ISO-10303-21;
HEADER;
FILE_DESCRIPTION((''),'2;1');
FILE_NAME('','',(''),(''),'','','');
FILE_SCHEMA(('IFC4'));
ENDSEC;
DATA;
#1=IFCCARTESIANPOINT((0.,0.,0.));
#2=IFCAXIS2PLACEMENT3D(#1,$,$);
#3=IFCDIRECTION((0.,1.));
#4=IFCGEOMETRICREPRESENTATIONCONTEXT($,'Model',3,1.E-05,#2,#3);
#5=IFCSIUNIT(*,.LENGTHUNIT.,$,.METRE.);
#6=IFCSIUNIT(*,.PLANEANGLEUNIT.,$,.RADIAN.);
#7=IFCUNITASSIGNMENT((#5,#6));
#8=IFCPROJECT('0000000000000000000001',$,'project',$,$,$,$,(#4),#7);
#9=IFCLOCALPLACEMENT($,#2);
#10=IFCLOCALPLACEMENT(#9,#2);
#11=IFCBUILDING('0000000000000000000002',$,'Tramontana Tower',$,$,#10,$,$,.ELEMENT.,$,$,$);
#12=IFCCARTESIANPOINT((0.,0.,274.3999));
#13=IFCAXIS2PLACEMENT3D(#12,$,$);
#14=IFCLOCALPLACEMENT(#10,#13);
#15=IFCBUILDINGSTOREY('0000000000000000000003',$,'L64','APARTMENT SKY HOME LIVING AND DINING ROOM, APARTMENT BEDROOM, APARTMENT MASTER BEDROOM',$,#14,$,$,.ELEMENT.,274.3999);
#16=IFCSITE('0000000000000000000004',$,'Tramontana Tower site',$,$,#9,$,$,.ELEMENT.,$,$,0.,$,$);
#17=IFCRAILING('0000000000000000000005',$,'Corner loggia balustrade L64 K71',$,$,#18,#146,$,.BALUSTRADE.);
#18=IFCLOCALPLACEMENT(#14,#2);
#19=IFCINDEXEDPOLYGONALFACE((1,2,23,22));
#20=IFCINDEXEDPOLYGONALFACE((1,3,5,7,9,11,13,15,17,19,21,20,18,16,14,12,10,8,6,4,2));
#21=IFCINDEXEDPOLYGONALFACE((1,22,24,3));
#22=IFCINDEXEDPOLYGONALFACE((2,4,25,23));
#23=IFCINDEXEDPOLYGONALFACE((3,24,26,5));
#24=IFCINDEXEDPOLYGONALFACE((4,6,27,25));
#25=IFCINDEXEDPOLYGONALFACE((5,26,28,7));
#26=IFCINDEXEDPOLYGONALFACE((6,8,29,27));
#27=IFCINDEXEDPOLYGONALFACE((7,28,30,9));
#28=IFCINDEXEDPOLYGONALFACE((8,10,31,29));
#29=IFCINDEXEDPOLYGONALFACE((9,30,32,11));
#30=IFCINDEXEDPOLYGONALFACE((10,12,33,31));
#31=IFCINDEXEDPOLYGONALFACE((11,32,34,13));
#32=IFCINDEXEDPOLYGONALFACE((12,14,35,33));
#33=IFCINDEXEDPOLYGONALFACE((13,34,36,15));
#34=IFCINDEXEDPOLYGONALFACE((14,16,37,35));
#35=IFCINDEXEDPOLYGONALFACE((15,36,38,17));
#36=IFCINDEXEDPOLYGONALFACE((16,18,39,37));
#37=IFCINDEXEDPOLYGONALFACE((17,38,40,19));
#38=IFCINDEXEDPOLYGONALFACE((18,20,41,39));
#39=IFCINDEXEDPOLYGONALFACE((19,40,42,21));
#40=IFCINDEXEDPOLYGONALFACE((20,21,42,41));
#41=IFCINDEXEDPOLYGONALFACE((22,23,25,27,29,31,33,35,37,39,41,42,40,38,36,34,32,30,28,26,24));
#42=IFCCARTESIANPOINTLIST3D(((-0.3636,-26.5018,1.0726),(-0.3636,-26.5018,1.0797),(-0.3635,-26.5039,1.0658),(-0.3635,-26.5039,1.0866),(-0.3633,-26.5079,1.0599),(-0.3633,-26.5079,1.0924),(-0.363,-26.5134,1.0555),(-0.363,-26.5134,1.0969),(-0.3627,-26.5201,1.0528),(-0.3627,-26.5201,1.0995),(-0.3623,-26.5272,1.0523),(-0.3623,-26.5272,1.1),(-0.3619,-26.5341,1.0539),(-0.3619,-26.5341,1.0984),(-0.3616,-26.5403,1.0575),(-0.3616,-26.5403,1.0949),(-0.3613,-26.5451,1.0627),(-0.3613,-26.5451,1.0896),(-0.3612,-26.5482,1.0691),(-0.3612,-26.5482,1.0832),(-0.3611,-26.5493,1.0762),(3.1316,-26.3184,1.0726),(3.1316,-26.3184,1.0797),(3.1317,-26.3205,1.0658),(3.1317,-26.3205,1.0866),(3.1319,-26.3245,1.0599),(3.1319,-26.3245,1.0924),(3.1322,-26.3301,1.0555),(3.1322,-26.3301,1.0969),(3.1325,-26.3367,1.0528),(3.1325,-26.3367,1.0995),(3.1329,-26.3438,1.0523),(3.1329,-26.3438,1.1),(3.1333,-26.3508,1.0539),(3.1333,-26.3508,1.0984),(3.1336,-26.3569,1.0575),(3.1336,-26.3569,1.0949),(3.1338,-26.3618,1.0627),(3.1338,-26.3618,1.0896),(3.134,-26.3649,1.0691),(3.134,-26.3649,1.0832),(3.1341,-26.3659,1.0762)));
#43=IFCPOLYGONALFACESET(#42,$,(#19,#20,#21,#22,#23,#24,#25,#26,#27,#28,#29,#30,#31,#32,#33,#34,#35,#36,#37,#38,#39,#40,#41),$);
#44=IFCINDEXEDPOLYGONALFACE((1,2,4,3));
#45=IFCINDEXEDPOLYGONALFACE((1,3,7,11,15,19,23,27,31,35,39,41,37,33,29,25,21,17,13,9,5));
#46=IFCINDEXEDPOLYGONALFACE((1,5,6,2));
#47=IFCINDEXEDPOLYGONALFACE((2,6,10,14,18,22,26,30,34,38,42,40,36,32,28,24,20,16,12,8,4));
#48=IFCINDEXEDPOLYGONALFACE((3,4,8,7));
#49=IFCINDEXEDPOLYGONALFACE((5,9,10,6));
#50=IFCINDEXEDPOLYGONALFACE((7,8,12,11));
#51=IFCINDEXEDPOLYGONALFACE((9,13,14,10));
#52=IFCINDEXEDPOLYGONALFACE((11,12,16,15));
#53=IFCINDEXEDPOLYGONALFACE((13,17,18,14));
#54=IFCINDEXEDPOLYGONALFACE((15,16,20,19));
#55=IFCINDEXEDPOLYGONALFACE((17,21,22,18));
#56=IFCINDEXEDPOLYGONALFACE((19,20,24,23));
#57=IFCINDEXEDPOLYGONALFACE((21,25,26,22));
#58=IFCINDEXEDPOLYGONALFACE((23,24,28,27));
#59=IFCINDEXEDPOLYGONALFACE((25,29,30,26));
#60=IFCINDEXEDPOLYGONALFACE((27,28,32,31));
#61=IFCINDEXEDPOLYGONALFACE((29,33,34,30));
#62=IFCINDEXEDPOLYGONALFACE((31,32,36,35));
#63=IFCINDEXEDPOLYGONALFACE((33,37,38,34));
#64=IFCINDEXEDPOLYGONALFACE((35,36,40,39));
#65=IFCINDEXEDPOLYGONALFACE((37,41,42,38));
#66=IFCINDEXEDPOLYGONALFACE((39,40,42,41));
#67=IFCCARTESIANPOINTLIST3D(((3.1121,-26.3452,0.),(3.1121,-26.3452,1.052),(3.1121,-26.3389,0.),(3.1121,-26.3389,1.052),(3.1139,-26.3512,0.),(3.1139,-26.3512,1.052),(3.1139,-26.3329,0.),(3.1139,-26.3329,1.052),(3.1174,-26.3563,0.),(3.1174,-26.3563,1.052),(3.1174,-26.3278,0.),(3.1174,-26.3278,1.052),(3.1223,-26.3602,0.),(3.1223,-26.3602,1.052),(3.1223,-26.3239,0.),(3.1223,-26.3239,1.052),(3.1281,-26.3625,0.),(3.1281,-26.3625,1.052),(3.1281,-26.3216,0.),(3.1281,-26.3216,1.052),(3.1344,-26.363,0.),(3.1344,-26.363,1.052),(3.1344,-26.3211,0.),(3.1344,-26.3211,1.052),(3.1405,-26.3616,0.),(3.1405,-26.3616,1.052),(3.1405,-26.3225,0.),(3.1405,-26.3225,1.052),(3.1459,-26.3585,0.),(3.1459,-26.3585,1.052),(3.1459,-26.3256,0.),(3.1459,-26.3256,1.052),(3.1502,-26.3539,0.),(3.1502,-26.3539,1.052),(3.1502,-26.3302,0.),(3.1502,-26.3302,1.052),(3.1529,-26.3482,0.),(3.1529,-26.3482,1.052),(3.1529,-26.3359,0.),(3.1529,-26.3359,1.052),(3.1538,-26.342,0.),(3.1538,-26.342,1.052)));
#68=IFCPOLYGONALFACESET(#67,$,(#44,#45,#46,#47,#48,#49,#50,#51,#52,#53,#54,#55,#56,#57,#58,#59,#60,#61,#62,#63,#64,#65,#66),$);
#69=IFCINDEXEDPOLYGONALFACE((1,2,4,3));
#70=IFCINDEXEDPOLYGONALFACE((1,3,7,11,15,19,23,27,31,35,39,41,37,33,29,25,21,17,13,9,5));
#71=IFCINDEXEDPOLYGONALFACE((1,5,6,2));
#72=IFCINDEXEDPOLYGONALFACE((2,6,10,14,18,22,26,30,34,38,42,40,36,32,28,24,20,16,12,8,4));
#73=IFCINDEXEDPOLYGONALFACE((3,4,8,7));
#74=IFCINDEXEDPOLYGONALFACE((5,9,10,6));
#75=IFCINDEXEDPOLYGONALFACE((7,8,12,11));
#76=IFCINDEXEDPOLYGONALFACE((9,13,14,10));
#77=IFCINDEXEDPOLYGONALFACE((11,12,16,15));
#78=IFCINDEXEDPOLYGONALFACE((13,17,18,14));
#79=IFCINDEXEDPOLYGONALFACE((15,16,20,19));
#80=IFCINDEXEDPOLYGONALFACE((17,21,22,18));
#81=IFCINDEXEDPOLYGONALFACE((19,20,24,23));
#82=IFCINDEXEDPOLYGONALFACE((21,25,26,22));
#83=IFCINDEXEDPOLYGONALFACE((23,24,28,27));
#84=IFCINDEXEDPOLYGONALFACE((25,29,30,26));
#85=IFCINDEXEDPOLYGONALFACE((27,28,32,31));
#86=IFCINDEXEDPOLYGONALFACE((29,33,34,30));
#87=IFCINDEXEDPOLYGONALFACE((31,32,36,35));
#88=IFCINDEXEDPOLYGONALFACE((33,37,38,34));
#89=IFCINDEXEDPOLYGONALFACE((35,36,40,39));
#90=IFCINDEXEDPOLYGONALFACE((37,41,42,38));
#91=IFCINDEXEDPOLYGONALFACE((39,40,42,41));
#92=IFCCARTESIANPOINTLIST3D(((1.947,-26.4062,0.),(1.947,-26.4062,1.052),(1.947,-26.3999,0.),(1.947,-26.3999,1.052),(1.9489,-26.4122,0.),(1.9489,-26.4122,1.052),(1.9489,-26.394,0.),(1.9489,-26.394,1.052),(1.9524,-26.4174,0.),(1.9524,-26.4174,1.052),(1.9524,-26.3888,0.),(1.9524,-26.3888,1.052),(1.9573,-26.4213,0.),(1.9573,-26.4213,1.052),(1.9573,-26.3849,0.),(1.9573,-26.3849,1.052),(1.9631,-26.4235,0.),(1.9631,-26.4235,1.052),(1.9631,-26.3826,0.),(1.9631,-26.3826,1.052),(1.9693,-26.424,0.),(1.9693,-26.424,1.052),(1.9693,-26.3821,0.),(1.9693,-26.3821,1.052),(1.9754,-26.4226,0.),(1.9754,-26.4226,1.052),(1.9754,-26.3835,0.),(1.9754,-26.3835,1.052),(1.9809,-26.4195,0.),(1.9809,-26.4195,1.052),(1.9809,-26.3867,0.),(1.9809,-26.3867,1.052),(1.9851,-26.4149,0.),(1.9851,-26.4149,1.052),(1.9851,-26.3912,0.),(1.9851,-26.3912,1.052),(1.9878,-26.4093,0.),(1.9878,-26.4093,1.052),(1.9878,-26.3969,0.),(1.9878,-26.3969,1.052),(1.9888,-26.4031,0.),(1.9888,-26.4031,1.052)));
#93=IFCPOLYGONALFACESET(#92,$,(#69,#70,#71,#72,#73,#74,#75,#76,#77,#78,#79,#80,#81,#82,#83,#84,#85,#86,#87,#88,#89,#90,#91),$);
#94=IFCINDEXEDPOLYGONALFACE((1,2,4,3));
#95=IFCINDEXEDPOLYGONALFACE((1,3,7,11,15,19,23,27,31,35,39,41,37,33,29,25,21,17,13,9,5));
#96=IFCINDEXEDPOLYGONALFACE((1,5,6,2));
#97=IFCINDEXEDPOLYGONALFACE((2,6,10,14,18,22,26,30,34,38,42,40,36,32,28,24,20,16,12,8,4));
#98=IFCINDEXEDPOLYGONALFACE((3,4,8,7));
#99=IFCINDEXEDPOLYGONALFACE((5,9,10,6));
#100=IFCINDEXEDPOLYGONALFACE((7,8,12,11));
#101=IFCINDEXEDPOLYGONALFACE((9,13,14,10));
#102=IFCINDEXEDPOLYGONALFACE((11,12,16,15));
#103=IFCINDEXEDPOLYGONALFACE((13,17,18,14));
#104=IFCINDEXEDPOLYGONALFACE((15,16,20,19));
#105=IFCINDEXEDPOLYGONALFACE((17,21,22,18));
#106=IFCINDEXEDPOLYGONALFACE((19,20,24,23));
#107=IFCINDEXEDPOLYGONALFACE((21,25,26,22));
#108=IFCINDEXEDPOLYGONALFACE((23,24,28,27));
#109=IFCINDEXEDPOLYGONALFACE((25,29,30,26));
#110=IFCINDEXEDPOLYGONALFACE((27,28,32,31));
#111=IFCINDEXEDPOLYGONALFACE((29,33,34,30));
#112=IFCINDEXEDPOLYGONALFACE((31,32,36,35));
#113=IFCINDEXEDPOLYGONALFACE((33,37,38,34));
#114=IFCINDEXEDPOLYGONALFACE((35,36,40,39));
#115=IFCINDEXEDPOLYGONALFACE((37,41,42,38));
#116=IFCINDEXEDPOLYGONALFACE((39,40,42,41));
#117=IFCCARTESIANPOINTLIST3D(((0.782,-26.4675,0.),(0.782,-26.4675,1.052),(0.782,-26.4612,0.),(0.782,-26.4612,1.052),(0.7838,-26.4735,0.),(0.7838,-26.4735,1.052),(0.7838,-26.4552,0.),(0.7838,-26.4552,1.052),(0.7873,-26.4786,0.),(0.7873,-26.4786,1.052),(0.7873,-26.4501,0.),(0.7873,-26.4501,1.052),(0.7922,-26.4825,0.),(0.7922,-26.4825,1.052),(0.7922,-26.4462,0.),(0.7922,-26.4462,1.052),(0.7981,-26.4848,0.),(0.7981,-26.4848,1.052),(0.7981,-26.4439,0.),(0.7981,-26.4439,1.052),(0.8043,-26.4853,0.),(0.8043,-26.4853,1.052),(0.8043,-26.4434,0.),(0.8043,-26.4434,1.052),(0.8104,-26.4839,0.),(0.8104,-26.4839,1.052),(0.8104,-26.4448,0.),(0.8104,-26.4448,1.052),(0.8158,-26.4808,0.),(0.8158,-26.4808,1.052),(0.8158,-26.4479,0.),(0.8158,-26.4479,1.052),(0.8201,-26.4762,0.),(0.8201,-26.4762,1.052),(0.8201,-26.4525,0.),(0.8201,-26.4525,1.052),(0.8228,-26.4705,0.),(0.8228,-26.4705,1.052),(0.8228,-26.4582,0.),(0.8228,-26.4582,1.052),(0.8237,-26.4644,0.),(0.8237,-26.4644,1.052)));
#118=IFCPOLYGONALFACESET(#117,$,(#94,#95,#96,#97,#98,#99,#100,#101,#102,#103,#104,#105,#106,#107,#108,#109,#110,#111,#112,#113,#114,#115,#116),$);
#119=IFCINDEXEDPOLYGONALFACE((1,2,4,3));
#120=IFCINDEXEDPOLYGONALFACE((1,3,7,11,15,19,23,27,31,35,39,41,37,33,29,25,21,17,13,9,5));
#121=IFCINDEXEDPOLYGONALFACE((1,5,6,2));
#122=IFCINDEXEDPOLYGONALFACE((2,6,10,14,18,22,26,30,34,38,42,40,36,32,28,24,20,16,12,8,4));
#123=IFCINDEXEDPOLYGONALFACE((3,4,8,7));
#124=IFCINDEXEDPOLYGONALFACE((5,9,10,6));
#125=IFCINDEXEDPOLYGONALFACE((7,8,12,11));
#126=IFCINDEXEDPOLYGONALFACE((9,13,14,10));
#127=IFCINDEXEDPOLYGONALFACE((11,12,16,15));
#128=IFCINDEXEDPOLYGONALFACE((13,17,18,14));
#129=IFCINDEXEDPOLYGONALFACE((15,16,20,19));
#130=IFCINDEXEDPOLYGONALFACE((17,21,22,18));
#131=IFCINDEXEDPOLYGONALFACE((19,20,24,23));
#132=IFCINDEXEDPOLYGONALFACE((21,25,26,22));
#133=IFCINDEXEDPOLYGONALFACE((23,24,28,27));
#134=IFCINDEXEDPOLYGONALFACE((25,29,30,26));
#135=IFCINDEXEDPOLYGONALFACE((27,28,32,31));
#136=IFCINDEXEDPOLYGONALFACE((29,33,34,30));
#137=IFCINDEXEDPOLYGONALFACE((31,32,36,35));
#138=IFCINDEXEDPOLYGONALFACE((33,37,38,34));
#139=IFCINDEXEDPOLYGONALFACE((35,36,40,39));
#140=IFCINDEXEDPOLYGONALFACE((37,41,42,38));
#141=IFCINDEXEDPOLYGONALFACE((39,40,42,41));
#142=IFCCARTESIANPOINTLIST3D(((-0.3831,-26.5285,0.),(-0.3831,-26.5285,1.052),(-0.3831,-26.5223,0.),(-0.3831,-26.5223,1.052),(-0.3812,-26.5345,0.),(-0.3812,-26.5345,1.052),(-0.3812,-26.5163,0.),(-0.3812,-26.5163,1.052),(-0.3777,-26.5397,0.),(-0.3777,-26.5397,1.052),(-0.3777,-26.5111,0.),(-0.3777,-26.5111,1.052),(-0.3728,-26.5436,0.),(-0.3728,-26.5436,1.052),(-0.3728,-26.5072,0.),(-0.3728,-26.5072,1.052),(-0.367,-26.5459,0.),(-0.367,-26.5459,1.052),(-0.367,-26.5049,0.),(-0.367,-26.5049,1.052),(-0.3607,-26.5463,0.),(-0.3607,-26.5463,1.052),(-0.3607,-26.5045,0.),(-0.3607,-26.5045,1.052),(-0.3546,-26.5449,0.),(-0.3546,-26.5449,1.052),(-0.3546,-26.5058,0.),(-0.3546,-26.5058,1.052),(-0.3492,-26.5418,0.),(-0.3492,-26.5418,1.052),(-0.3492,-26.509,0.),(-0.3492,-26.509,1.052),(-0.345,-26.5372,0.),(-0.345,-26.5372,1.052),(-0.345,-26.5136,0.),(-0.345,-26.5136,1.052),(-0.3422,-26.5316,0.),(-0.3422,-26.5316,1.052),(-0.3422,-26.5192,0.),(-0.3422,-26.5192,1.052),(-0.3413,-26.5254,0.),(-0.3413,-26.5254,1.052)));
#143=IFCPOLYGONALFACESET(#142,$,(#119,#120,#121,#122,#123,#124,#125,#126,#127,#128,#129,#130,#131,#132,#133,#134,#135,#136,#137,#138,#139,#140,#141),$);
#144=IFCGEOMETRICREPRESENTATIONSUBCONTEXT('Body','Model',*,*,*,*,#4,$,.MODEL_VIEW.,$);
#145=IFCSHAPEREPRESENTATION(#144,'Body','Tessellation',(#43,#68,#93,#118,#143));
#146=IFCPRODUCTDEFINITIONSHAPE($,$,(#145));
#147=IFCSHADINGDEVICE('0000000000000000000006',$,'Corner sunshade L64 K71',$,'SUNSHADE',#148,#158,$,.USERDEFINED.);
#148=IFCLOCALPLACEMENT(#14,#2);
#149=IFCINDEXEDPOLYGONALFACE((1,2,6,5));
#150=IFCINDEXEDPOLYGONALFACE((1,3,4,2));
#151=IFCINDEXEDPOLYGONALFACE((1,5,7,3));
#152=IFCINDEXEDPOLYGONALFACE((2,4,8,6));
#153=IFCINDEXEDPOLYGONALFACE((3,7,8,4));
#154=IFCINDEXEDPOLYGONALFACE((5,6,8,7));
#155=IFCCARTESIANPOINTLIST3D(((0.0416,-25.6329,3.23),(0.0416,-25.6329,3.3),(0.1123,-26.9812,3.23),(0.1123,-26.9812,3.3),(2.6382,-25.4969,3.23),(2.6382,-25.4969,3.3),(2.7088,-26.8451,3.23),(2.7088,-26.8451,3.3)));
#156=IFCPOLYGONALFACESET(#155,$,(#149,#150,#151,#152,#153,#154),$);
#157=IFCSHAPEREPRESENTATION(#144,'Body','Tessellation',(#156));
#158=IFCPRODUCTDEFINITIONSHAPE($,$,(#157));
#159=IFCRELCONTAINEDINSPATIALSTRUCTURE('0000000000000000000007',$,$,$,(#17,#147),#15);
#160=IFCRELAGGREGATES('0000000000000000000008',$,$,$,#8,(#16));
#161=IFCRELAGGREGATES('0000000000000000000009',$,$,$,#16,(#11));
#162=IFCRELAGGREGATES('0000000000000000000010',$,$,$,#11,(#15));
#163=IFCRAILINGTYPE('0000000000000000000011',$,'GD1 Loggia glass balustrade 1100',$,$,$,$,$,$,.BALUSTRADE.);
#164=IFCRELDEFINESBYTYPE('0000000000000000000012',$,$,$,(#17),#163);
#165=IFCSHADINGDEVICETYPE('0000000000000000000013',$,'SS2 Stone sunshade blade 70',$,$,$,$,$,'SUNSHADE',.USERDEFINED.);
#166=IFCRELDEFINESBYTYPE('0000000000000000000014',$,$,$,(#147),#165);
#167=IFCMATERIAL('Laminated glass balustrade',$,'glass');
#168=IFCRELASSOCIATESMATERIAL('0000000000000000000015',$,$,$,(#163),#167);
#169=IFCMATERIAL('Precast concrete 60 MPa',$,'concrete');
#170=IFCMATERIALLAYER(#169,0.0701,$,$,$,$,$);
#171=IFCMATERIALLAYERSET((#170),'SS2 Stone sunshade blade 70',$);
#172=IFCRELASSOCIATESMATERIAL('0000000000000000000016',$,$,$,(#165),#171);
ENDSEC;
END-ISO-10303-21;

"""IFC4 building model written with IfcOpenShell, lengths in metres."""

from ifc_helpers import new_model, si_unit, direction, frame, origin, origin_2d, place, context, subcontext, project, spatial, rectangle, circle, extrude, material, layer, layer_set, type_object, element, save


model = new_model("IFC4")

# Units and contexts
model_context = context("Model", 3, precision=1e-05, world=origin(), true_north=direction((0.0, 1.0)))
body_context = subcontext(model_context, "Body", "Model", "MODEL_VIEW")
ifc_project = project(units=[si_unit("LENGTHUNIT", "METRE"), si_unit("PLANEANGLEUNIT", "RADIAN")], contexts=[model_context])

# Site, building, storey
site_placement = place(None, origin())
site = spatial("IfcSite", under=ifc_project, at=site_placement, Name="Tramontana Tower site", CompositionType="ELEMENT", RefElevation=0.0)
building_placement = place(site_placement, origin())
building = spatial("IfcBuilding", under=site, at=building_placement, Name="Tramontana Tower", CompositionType="ELEMENT")
storey_placement = place(building_placement, frame((0.0, 0.0, 274.3999)))
storey = spatial("IfcBuildingStorey", under=building, at=storey_placement, Name="L64", Description="APARTMENT SKY HOME LIVING AND DINING ROOM, APARTMENT BEDROOM, APARTMENT MASTER BEDROOM", CompositionType="ELEMENT", Elevation=274.3999)

# Railing
ifc_material_1 = material(Name="Laminated glass balustrade", Category="glass")
railing_type = type_object("IfcRailingType", Name="GD1 Loggia glass balustrade 1100", PredefinedType="BALUSTRADE", material=ifc_material_1)
railing_1_placement = place(storey_placement, frame((3.1328, -26.342, 0.0)))
element("IfcRailing", 1, at=railing_1_placement, inside=storey, type_object=railing_type, Name="Corner loggia balustrade L64 K71", PredefinedType="BALUSTRADE", context=body_context, shape_type="SweptSolid", body=[
    extrude(circle(Radius=0.0239, at=origin_2d()), frame((0.0, 0.0, 1.0762), z_axis=(-0.998627, -0.052387, 0.0), x_axis=(0.052387, -0.998627, 0.0)), (0.0, 0.0, 1.0), 3.5),
    extrude(circle(Radius=0.021, at=origin_2d()), origin(), (0.0, 0.0, 1.0), 1.052),
    extrude(circle(Radius=0.021, at=origin_2d()), frame((-1.165, -0.061, 0.0)), (0.0, 0.0, 1.0), 1.052),
    extrude(circle(Radius=0.021, at=origin_2d()), frame((-2.3301, -0.1223, 0.0)), (0.0, 0.0, 1.0), 1.052),
    extrude(circle(Radius=0.021, at=origin_2d()), frame((-3.4951, -0.1833, 0.0)), (0.0, 0.0, 1.0), 1.052),
])

# Shading device
ifc_material_2 = material(Name="Precast concrete 60 MPa", Category="concrete")
ifc_layer_1 = layer(ifc_material_2, 0.0701)
ifc_layer_set_1 = layer_set([ifc_layer_1], Name="SS2 Stone sunshade blade 70")
shading_device_type = type_object("IfcShadingDeviceType", Name="SS2 Stone sunshade blade 70", ElementType="SUNSHADE", PredefinedType="USERDEFINED", material=ifc_layer_set_1)
shading_device_placement = place(storey_placement, frame((1.3752, -26.239, 3.23), z_axis=(0.0, 0.0, 1.0), x_axis=(-0.99863, -0.052336, 0.0)))
element("IfcShadingDevice", 2, at=shading_device_placement, inside=storey, type_object=shading_device_type, Name="Corner sunshade L64 K71", ObjectType="SUNSHADE", PredefinedType="USERDEFINED", context=body_context, shape_type="SweptSolid", body=[
    extrude(rectangle(XDim=2.6001, YDim=1.3501, at=origin_2d()), origin(), (0.0, 0.0, 1.0), 0.0701),
])

save(model, "model.ifc")
